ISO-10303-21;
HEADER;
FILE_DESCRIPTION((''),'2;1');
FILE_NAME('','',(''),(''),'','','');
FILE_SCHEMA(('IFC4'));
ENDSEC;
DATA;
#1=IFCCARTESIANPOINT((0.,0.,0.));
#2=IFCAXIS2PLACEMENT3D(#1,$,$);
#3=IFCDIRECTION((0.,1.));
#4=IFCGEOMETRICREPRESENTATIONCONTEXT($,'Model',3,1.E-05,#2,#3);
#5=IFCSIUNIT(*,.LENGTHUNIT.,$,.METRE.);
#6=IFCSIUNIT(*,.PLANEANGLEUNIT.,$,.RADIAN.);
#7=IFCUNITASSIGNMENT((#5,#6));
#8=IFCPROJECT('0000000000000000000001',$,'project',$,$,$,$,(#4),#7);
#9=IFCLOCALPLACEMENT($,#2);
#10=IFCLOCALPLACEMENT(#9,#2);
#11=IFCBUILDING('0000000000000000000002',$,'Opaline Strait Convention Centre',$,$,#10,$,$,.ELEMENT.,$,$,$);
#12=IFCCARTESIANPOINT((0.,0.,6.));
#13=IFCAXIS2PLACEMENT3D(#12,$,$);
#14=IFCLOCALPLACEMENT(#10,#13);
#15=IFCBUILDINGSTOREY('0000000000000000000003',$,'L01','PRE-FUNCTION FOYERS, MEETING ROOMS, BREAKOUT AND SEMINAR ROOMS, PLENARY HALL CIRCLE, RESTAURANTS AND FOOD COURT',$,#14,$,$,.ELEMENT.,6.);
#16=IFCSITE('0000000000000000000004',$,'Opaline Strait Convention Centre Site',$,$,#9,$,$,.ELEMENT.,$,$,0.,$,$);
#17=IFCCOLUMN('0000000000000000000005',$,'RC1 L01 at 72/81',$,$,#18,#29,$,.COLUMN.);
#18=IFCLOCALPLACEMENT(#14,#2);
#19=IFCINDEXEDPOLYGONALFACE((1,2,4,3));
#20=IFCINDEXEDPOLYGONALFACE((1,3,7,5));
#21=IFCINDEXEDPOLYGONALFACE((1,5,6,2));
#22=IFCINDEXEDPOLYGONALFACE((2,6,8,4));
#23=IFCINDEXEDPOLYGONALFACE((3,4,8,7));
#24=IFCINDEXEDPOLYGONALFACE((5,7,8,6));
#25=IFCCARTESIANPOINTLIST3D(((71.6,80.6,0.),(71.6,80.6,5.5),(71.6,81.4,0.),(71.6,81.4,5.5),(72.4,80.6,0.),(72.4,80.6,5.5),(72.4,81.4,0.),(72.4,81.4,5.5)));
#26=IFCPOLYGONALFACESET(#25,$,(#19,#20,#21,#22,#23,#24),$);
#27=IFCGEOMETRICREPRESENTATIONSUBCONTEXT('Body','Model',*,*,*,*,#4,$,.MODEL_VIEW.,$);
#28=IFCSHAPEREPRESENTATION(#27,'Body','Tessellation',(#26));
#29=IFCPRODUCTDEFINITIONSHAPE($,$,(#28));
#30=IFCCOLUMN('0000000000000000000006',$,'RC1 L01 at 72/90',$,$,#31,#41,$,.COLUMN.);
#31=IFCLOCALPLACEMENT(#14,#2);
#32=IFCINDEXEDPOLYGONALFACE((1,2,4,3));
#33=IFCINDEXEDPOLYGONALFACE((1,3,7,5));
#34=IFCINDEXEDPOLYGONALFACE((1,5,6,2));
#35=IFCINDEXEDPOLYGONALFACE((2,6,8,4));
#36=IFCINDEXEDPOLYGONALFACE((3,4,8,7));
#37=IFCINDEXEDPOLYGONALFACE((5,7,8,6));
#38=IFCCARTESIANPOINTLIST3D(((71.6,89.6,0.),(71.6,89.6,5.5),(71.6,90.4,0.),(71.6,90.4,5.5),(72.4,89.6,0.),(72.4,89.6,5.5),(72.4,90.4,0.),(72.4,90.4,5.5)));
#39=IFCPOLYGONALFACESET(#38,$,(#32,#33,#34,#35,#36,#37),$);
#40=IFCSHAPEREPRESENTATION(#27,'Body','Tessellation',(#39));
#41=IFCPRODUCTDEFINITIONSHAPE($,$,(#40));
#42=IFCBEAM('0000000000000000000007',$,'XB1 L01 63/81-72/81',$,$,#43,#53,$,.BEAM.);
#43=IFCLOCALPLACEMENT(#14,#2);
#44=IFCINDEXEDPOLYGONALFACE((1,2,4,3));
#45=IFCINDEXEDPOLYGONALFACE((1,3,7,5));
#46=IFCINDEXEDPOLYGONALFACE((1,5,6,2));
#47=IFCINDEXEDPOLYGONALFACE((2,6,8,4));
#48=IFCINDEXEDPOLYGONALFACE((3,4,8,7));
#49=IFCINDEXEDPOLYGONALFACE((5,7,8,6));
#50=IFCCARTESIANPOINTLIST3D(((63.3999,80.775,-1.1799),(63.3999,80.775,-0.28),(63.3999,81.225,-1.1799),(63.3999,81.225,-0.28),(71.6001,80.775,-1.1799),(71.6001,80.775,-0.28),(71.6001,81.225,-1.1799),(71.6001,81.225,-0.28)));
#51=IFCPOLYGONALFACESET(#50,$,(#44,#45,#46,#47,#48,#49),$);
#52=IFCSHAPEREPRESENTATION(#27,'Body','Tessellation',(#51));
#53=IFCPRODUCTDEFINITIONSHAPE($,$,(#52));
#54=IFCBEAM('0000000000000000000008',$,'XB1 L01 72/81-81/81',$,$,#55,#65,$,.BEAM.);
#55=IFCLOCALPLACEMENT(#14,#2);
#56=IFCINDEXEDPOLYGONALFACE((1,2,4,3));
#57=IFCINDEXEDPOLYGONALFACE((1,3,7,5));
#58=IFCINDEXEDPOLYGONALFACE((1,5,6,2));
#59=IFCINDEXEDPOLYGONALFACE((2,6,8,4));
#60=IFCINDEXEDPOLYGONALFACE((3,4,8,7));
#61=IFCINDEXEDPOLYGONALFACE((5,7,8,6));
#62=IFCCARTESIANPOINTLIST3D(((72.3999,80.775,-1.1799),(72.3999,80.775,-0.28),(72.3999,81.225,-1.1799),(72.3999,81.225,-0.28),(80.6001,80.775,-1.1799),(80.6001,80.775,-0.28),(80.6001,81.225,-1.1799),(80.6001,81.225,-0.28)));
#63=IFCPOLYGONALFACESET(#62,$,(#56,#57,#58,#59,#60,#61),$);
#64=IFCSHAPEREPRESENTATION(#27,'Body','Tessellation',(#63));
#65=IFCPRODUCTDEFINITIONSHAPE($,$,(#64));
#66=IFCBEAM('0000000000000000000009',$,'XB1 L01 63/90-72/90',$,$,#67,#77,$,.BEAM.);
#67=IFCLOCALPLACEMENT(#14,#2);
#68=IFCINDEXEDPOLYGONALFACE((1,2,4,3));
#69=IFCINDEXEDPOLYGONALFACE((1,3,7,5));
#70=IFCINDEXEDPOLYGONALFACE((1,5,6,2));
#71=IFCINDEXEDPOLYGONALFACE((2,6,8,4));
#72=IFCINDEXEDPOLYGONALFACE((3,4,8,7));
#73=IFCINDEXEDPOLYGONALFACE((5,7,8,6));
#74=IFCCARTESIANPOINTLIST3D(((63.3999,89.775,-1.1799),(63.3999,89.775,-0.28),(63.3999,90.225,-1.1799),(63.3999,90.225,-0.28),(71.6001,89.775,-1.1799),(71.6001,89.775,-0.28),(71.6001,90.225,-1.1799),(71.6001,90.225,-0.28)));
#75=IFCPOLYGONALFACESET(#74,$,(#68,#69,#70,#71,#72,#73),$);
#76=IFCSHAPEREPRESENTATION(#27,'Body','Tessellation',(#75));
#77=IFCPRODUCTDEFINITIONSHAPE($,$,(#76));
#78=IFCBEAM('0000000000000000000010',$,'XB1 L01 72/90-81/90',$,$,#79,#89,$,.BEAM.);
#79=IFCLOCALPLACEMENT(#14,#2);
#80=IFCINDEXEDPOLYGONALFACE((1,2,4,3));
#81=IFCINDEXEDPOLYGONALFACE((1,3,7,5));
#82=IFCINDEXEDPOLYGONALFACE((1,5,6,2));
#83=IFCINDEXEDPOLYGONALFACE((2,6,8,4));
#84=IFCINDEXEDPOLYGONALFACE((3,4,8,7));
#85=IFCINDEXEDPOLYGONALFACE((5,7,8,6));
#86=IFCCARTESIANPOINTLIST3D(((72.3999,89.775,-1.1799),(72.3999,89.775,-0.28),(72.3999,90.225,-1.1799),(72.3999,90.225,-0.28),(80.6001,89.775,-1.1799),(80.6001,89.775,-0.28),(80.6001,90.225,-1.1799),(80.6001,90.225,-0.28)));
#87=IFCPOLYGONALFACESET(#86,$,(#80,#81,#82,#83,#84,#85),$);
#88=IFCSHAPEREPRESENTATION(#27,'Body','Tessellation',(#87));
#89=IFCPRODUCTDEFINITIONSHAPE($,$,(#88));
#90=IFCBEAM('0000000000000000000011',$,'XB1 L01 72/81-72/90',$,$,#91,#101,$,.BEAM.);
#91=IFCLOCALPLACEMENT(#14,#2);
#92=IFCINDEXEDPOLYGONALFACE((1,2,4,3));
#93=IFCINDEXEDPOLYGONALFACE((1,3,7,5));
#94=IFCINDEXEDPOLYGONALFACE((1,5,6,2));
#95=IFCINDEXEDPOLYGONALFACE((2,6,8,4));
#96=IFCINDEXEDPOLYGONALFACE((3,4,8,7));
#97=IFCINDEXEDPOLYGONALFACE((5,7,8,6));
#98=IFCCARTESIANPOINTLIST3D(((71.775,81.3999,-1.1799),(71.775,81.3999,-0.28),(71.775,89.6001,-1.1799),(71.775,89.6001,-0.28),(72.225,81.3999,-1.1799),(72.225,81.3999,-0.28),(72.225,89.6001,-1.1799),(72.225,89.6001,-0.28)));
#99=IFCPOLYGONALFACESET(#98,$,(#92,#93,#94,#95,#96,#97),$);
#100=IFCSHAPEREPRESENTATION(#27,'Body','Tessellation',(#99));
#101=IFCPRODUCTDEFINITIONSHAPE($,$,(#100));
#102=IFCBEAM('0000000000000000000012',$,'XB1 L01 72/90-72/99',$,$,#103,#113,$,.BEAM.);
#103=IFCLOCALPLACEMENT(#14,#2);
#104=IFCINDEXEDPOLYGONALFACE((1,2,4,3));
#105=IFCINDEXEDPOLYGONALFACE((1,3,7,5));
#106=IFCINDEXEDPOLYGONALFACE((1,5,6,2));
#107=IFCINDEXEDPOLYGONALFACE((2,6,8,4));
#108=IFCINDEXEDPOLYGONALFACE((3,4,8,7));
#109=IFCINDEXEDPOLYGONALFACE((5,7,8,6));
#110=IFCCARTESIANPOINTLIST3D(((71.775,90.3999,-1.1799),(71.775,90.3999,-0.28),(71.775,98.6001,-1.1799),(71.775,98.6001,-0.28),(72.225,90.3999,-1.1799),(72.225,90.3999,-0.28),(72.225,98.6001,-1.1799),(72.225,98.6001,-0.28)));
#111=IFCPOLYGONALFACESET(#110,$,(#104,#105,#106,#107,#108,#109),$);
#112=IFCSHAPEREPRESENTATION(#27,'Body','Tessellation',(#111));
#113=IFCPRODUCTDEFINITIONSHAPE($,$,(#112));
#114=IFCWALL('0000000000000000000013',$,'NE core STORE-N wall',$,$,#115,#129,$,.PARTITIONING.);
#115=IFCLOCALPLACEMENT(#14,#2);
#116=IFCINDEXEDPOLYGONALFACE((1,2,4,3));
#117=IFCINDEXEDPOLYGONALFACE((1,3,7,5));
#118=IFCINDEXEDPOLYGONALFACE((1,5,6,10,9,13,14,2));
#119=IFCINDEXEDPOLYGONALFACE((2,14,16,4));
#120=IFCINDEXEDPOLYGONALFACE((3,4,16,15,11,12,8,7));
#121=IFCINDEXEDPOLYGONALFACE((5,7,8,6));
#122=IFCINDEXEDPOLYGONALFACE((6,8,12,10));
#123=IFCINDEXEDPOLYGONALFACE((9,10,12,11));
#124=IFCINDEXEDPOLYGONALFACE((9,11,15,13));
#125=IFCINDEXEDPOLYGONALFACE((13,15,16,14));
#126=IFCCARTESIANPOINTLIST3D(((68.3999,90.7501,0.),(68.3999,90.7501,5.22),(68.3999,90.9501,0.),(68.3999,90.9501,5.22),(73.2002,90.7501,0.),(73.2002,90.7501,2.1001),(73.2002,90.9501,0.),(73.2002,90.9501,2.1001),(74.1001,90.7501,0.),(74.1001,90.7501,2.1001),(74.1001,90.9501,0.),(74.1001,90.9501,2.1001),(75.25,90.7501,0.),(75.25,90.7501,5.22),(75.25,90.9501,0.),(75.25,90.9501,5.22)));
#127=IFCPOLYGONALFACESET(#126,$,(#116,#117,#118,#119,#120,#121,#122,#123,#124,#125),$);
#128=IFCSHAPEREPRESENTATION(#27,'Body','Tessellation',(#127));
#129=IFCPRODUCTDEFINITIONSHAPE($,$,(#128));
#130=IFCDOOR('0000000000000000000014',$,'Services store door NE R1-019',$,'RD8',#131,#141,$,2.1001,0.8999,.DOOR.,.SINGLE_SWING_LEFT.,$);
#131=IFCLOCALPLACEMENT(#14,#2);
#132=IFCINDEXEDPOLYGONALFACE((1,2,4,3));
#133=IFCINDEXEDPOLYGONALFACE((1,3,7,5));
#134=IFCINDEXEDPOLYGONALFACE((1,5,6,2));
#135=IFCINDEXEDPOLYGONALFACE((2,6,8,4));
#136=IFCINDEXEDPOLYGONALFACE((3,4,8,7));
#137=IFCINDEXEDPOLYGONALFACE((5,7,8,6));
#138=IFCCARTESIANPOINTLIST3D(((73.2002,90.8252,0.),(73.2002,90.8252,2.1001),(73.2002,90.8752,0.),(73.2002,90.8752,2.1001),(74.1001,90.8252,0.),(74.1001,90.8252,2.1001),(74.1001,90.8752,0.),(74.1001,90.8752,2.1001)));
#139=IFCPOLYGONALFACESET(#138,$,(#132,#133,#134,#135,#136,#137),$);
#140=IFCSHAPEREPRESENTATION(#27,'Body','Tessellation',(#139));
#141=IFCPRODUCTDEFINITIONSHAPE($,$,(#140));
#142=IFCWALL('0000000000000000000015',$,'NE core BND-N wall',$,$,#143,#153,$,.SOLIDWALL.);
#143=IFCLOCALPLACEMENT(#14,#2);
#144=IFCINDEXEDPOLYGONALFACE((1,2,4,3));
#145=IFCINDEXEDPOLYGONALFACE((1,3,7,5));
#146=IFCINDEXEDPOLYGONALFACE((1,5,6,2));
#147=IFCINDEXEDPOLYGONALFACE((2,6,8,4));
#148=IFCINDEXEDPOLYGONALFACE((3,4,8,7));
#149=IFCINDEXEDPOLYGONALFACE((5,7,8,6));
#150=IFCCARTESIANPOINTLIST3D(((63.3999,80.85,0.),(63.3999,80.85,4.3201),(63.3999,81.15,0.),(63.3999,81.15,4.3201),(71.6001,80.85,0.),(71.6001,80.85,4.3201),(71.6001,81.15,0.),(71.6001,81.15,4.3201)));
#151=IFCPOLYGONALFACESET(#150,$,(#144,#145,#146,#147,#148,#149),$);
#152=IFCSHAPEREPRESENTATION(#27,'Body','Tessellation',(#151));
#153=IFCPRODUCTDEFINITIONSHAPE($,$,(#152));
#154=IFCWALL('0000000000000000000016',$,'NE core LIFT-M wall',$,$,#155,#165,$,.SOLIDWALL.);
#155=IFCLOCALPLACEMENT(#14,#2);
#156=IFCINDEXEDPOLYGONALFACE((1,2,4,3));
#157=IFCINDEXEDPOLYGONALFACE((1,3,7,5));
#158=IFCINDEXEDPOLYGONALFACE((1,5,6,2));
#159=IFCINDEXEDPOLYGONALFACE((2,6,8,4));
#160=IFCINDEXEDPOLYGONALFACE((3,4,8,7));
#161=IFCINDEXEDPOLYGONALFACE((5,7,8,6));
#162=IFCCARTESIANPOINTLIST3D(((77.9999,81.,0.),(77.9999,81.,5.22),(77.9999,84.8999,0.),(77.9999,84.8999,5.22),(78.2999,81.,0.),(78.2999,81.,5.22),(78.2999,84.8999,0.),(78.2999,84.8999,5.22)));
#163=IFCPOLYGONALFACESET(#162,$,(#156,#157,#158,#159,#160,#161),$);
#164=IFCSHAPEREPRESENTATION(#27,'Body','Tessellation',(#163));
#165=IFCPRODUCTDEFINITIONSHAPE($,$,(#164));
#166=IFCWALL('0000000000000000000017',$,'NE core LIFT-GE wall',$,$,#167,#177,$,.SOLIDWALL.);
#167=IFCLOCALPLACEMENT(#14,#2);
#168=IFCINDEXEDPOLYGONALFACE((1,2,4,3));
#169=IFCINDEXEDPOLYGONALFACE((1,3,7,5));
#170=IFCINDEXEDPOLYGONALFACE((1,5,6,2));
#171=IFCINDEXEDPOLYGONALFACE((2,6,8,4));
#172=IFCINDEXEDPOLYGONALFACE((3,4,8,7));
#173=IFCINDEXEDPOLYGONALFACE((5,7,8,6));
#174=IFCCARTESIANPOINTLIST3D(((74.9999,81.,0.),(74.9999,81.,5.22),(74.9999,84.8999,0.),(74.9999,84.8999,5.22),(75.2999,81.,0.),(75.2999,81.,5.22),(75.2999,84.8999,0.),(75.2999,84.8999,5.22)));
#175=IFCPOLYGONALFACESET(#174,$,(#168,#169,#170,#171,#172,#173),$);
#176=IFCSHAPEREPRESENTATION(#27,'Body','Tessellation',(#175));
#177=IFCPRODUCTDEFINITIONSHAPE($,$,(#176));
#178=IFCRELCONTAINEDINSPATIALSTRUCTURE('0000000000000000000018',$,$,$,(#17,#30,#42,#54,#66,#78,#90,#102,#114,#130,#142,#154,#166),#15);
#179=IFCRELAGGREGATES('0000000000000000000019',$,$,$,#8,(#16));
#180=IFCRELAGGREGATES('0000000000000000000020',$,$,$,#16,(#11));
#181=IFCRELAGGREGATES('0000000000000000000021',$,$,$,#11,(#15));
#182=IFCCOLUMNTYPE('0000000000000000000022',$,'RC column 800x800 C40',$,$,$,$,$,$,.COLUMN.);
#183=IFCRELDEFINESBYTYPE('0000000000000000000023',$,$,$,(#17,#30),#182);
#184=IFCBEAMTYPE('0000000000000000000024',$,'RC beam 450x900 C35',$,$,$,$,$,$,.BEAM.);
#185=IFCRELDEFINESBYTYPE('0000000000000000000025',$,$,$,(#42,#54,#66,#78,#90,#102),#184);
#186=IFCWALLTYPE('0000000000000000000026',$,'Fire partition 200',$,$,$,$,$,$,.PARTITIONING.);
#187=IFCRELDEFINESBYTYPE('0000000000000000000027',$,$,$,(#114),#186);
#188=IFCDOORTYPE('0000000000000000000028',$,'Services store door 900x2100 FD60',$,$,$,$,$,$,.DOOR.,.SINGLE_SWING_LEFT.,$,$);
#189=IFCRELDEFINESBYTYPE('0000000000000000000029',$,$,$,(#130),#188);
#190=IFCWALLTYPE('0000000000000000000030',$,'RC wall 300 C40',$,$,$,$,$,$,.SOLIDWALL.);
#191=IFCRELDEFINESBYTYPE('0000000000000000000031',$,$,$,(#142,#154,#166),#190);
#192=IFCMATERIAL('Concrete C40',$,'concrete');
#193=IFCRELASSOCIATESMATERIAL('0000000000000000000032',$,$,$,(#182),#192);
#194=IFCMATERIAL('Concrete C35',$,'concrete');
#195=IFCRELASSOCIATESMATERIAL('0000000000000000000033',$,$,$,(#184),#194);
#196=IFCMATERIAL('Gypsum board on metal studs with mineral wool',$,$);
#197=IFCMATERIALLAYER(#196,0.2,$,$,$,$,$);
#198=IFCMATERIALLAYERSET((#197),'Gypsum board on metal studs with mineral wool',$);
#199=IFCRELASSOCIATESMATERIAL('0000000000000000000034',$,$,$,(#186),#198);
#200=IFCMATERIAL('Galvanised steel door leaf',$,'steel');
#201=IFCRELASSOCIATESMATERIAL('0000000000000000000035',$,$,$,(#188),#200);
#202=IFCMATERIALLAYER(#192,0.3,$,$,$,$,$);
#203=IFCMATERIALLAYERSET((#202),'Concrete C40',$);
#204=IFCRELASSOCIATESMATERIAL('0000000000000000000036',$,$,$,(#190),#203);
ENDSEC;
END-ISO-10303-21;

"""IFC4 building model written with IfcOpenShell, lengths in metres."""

from ifc_helpers import new_model, si_unit, direction, frame, frame_2d, origin, origin_2d, place, context, subcontext, project, spatial, rectangle, extrude, material, layer, layer_set, material_profile, profile_set, type_object, element, fill, save


model = new_model("IFC4")

# Units and contexts
model_context = context("Model", 3, precision=1e-05, world=origin(), true_north=direction((0.0, 1.0)))
body_context = subcontext(model_context, "Body", "Model", "MODEL_VIEW")
ifc_project = project(units=[si_unit("LENGTHUNIT", "METRE"), si_unit("PLANEANGLEUNIT", "RADIAN")], contexts=[model_context])

# Site, building, storey
site_placement = place(None, origin())
site = spatial("IfcSite", under=ifc_project, at=site_placement, Name="Opaline Strait Convention Centre Site", CompositionType="ELEMENT", RefElevation=0.0)
building_placement = place(site_placement, origin())
building = spatial("IfcBuilding", under=site, at=building_placement, Name="Opaline Strait Convention Centre", CompositionType="ELEMENT")
storey_placement = place(building_placement, frame((0.0, 0.0, 6.0)))
storey = spatial("IfcBuildingStorey", under=building, at=storey_placement, Name="L01", Description="PRE-FUNCTION FOYERS, MEETING ROOMS, BREAKOUT AND SEMINAR ROOMS, PLENARY HALL CIRCLE, RESTAURANTS AND FOOD COURT", CompositionType="ELEMENT", Elevation=6.0)

# Columns
ifc_material_1 = material(Name="Concrete C40", Category="concrete")
ifc_material_profile_1 = material_profile(ifc_material_1, rectangle(XDim=0.8, YDim=0.8, at=origin_2d()), Name="RC 800x800")
ifc_profile_set_1 = profile_set([ifc_material_profile_1], Name="Concrete C40")
column_type = type_object("IfcColumnType", Name="RC column 800x800 C40", PredefinedType="COLUMN", material=ifc_profile_set_1)
for number, where, z_axis, x_axis, name in (
    (1, (72.0, 81.0, 0.0), (0.0, 0.0, 1.0), (1.0, 0.0, 0.0), "RC1 L01 at 72/81"),
    (2, (72.0, 90.0, 0.0), (0.0, 0.0, 1.0), (1.0, 0.0, 0.0), "RC1 L01 at 72/90"),
):
    element("IfcColumn", number, at=place(storey_placement, frame(where, z_axis=z_axis, x_axis=x_axis)), inside=storey, type_object=column_type, Name=name, PredefinedType="COLUMN", context=body_context, shape_type="SweptSolid", body=[
        extrude(rectangle(XDim=0.8, YDim=0.8, at=origin_2d()), origin(), (0.0, 0.0, 1.0), 5.5),
    ])

# Beams
ifc_material_2 = material(Name="Concrete C35", Category="concrete")
ifc_material_profile_2 = material_profile(ifc_material_2, rectangle(XDim=0.45, YDim=0.8999, at=origin_2d()), Name="RC 450x900")
ifc_profile_set_2 = profile_set([ifc_material_profile_2], Name="Concrete C35")
beam_type = type_object("IfcBeamType", Name="RC beam 450x900 C35", PredefinedType="BEAM", material=ifc_profile_set_2)
for number, where, z_axis, x_axis, name in (
    (3, (63.3999, 81.0, -0.73), (1.0, 0.0, 0.0), (0.0, 1.0, 0.0), "XB1 L01 63/81-72/81"),
    (4, (72.3999, 81.0, -0.73), (1.0, 0.0, 0.0), (0.0, 1.0, 0.0), "XB1 L01 72/81-81/81"),
    (5, (63.3999, 90.0, -0.73), (1.0, 0.0, 0.0), (0.0, 1.0, 0.0), "XB1 L01 63/90-72/90"),
    (6, (72.3999, 90.0, -0.73), (1.0, 0.0, 0.0), (0.0, 1.0, 0.0), "XB1 L01 72/90-81/90"),
    (7, (72.0, 81.3999, -0.73), (0.0, 1.0, 0.0), (-1.0, 0.0, 0.0), "XB1 L01 72/81-72/90"),
    (8, (72.0, 90.3999, -0.73), (0.0, 1.0, 0.0), (-1.0, 0.0, 0.0), "XB1 L01 72/90-72/99"),
):
    element("IfcBeam", number, at=place(storey_placement, frame(where, z_axis=z_axis, x_axis=x_axis)), inside=storey, type_object=beam_type, Name=name, PredefinedType="BEAM", context=body_context, shape_type="SweptSolid", body=[
        extrude(rectangle(XDim=0.45, YDim=0.8999, at=origin_2d()), origin(), (0.0, 0.0, 1.0), 8.2002),
    ])

# Wall, opening, door
ifc_material_3 = material(Name="Gypsum board on metal studs with mineral wool")
ifc_layer_1 = layer(ifc_material_3, 0.2)
ifc_layer_set_1 = layer_set([ifc_layer_1], Name="Gypsum board on metal studs with mineral wool")
wall_type_1 = type_object("IfcWallType", Name="Fire partition 200", PredefinedType="PARTITIONING", material=ifc_layer_set_1)
wall_1_placement = place(storey_placement, frame((75.25, 90.8501, 0.0), z_axis=(0.0, 0.0, 1.0), x_axis=(-1.0, 0.0, 0.0)))
wall_1 = element("IfcWall", 9, at=wall_1_placement, inside=storey, type_object=wall_type_1, Name="NE core STORE-N wall", PredefinedType="PARTITIONING", context=body_context, shape_type="SweptSolid", body=[
    extrude(rectangle(XDim=6.8501, YDim=0.2, at=frame_2d((3.425, 0.0))), origin(), (0.0, 0.0, 1.0), 5.22),
])
opening_1_placement = place(wall_1_placement, frame((1.1499, 0.0, 0.0)))
opening_1 = element("IfcOpeningElement", 10, at=opening_1_placement, cuts=wall_1, PredefinedType="OPENING", context=body_context, shape_type="SweptSolid", body=[
    extrude(rectangle(XDim=0.8999, YDim=2.1001, at=frame_2d((0.45, 1.05))), frame((0.0, 0.1099, 0.0), z_axis=(0.0, -1.0, 0.0), x_axis=(1.0, 0.0, 0.0)), (0.0, 0.0, 1.0), 0.22),
])
ifc_material_4 = material(Name="Galvanised steel door leaf", Category="steel")
door_type_1 = type_object("IfcDoorType", Name="Services store door 900x2100 FD60", OperationType="SINGLE_SWING_LEFT", PredefinedType="DOOR", material=ifc_material_4)
door_1_placement = place(opening_1_placement, origin())
door_1 = element("IfcDoor", 11, at=door_1_placement, inside=storey, type_object=door_type_1, Name="Services store door NE R1-019", ObjectType="RD8", OperationType="SINGLE_SWING_LEFT", OverallHeight=2.1001, OverallWidth=0.8999, PredefinedType="DOOR", context=body_context, shape_type="SweptSolid", body=[
    extrude(rectangle(XDim=0.8999, YDim=2.1001, at=frame_2d((0.45, 1.05))), frame((0.0, 0.0249, 0.0), z_axis=(0.0, -1.0, 0.0), x_axis=(1.0, 0.0, 0.0)), (0.0, 0.0, 1.0), 0.05),
])
fill(opening_1, door_1)
ifc_layer_2 = layer(ifc_material_1, 0.3)
ifc_layer_set_2 = layer_set([ifc_layer_2], Name="Concrete C40")
wall_type_2 = type_object("IfcWallType", Name="RC wall 300 C40", PredefinedType="SOLIDWALL", material=ifc_layer_set_2)

# Walls
wall_2_placement = place(storey_placement, frame((71.6001, 81.0, 0.0), z_axis=(0.0, 0.0, 1.0), x_axis=(-1.0, 0.0, 0.0)))
element("IfcWall", 12, at=wall_2_placement, inside=storey, type_object=wall_type_2, Name="NE core BND-N wall", PredefinedType="SOLIDWALL", context=body_context, shape_type="SweptSolid", body=[
    extrude(rectangle(XDim=8.2002, YDim=0.3, at=frame_2d((4.1001, 0.0))), origin(), (0.0, 0.0, 1.0), 4.3201),
])
for number, where, z_axis, x_axis, name in (
    (13, (78.1499, 84.8999, 0.0), (0.0, 0.0, 1.0), (0.0, -1.0, 0.0), "NE core LIFT-M wall"),
    (14, (75.1499, 84.8999, 0.0), (0.0, 0.0, 1.0), (0.0, -1.0, 0.0), "NE core LIFT-GE wall"),
):
    element("IfcWall", number, at=place(storey_placement, frame(where, z_axis=z_axis, x_axis=x_axis)), inside=storey, type_object=wall_type_2, Name=name, PredefinedType="SOLIDWALL", context=body_context, shape_type="SweptSolid", body=[
        extrude(rectangle(XDim=3.8999, YDim=0.3, at=frame_2d((1.95, 0.0))), origin(), (0.0, 0.0, 1.0), 5.22),
    ])

save(model, "model.ifc")
